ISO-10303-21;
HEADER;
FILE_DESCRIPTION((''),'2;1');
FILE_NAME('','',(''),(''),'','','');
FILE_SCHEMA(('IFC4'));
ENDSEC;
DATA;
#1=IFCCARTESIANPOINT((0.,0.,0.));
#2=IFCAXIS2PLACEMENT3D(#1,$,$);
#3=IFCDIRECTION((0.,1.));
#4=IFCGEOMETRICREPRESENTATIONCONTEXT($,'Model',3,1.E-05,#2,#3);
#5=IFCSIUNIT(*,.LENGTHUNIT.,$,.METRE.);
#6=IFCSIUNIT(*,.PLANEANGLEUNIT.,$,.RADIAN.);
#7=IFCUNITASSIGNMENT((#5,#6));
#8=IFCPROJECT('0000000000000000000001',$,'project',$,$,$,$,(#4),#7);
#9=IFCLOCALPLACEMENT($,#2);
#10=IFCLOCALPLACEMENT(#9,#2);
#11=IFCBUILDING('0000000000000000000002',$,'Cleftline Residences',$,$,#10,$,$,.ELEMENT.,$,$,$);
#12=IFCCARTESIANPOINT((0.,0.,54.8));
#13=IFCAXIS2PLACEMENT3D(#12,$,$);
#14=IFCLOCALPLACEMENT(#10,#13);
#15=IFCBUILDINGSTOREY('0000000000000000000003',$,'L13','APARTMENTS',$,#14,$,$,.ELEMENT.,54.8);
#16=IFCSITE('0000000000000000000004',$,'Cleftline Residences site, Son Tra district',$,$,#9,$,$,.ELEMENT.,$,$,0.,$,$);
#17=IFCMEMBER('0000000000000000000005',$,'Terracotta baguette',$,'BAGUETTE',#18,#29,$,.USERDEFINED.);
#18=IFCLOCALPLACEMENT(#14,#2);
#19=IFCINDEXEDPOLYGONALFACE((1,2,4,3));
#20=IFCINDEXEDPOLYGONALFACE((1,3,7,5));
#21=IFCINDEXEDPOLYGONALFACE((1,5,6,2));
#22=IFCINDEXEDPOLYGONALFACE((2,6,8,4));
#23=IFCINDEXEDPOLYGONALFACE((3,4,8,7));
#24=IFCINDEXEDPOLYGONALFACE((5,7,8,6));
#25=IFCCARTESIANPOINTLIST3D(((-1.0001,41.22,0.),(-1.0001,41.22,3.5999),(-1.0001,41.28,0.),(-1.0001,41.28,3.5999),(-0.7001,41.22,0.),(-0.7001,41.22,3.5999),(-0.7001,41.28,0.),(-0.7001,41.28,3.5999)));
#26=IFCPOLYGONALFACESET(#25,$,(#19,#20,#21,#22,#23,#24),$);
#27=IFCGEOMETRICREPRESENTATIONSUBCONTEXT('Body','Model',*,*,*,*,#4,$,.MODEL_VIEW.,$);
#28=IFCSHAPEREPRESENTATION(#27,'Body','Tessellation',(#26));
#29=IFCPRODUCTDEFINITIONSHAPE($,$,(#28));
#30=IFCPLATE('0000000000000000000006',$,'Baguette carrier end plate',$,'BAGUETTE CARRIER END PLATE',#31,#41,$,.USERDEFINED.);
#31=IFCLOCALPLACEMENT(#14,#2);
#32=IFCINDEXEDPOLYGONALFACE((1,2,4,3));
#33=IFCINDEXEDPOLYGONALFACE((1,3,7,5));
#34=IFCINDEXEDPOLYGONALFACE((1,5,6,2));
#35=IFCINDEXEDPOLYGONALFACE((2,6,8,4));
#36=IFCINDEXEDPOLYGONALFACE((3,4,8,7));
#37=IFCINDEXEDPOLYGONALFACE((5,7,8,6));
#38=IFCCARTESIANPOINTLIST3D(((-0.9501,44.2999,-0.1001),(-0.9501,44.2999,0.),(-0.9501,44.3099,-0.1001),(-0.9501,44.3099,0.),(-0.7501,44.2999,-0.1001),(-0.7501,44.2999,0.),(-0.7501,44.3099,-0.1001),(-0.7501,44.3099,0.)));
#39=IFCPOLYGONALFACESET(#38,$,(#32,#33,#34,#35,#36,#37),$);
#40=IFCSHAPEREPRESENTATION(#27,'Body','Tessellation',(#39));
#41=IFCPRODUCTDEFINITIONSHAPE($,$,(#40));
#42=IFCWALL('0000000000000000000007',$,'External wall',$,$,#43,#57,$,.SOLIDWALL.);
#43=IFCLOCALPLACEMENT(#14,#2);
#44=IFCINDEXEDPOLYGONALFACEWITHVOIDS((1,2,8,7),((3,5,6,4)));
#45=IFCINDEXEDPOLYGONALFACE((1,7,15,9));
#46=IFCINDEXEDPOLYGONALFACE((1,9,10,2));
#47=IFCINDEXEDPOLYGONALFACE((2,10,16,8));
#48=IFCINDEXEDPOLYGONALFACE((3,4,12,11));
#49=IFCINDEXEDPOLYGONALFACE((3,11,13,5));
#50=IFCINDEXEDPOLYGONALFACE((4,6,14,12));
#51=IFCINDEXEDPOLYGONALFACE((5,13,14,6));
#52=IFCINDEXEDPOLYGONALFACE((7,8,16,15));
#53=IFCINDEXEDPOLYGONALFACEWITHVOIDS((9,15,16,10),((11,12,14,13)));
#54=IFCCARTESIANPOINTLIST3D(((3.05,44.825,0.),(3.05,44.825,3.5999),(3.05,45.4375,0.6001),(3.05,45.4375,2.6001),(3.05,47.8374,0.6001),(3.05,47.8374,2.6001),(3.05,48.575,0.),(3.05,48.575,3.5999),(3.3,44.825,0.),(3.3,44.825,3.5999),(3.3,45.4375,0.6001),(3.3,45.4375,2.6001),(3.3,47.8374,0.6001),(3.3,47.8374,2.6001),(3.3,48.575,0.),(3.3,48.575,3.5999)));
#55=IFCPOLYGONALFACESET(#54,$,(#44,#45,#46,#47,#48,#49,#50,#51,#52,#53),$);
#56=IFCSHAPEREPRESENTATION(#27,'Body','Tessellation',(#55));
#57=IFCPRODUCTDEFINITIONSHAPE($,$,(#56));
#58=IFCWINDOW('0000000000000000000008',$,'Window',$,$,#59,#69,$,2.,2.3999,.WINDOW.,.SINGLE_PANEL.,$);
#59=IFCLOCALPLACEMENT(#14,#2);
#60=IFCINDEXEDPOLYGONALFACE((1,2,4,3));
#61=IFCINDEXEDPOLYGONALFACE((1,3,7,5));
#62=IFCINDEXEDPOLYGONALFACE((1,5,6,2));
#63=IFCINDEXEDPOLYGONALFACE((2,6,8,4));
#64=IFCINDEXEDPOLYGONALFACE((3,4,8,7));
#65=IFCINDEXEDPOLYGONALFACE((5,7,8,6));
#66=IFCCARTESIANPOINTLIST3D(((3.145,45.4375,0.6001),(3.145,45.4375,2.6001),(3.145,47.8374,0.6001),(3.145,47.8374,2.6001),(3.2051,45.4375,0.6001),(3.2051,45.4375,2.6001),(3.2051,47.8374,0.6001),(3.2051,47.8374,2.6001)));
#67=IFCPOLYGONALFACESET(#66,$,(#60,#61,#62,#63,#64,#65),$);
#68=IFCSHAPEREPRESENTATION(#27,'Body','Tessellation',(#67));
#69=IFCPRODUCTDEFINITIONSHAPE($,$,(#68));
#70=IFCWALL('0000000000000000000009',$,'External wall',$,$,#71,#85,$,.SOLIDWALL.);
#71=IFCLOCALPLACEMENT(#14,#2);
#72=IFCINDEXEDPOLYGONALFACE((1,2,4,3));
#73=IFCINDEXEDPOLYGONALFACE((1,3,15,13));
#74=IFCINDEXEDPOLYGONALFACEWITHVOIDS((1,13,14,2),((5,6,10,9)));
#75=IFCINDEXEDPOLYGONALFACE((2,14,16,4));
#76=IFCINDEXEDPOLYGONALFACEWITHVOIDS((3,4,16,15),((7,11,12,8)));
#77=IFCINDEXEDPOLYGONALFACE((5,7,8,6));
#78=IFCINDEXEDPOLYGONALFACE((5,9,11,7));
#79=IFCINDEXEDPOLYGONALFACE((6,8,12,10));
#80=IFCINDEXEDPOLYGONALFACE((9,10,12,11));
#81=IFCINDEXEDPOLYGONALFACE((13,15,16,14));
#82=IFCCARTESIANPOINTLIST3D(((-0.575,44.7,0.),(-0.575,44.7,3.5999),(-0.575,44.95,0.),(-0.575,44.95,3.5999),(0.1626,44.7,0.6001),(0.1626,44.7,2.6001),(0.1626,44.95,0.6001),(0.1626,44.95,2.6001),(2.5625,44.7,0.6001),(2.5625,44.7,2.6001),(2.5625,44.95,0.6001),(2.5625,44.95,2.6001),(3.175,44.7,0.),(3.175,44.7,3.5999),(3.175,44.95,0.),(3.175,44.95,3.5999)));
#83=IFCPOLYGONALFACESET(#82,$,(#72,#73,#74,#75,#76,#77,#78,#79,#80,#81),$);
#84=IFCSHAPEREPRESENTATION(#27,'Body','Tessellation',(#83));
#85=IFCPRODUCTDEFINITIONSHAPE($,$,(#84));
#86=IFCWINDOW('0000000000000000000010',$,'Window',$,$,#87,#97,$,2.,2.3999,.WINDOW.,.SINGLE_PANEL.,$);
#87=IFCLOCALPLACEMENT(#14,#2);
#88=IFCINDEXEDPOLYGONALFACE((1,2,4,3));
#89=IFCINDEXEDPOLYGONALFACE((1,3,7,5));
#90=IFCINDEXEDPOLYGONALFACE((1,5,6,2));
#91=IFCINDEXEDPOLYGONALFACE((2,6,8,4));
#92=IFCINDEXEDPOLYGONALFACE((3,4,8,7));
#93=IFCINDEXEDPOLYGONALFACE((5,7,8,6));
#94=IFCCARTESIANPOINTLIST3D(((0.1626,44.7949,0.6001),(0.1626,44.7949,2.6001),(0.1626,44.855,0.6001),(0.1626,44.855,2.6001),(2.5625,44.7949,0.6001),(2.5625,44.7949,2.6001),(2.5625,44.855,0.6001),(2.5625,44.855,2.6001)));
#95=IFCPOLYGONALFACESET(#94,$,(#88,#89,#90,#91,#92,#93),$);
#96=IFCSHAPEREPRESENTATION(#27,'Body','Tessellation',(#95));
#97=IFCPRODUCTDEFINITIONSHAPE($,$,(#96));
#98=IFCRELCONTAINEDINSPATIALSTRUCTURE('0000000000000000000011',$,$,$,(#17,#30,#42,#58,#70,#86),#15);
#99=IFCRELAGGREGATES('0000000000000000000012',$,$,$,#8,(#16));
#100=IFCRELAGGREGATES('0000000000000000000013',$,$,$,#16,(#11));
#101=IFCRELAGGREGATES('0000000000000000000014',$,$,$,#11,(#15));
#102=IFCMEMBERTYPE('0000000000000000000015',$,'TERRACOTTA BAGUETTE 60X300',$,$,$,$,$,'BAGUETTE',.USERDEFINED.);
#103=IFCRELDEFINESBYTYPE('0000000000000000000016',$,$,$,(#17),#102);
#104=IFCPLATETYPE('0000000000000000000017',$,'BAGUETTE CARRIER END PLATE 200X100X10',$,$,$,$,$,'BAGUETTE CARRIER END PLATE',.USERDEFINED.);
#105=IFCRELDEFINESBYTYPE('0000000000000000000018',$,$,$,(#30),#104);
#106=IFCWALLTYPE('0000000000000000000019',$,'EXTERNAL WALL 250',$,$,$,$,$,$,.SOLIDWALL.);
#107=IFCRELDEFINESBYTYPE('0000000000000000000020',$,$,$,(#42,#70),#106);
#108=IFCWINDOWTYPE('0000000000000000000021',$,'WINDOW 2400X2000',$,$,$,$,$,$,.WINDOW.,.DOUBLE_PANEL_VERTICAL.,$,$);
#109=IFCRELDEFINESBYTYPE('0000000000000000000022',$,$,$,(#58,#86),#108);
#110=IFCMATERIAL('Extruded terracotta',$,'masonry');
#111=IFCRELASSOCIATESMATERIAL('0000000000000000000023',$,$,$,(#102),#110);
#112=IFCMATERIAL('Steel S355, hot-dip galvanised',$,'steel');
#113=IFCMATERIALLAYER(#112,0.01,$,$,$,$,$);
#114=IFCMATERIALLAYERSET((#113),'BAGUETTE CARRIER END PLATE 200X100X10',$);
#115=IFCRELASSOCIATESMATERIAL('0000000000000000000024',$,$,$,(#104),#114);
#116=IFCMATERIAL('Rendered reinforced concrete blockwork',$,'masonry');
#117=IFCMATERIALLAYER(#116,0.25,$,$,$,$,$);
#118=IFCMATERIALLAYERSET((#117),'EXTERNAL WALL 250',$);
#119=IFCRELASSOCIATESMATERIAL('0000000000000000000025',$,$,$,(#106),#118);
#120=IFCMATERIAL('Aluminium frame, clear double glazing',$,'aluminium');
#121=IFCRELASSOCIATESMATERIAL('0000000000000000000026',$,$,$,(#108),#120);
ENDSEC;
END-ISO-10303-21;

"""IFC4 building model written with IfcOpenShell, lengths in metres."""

from ifc_helpers import new_model, si_unit, direction, frame, frame_2d, origin, origin_2d, place, context, subcontext, project, spatial, rectangle, extrude, material, layer, layer_set, material_profile, profile_set, type_object, element, fill, save


model = new_model("IFC4")

# Units and contexts
model_context = context("Model", 3, precision=1e-05, world=origin(), true_north=direction((0.0, 1.0)))
body_context = subcontext(model_context, "Body", "Model", "MODEL_VIEW")
ifc_project = project(units=[si_unit("LENGTHUNIT", "METRE"), si_unit("PLANEANGLEUNIT", "RADIAN")], contexts=[model_context])

# Site, building, storey
site_placement = place(None, origin())
site = spatial("IfcSite", under=ifc_project, at=site_placement, Name="Cleftline Residences site, Son Tra district", CompositionType="ELEMENT", RefElevation=0.0)
building_placement = place(site_placement, origin())
building = spatial("IfcBuilding", under=site, at=building_placement, Name="Cleftline Residences", CompositionType="ELEMENT")
storey_placement = place(building_placement, frame((0.0, 0.0, 54.8)))
storey = spatial("IfcBuildingStorey", under=building, at=storey_placement, Name="L13", Description="APARTMENTS", CompositionType="ELEMENT", Elevation=54.8)

# Member
ifc_material_1 = material(Name="Extruded terracotta", Category="masonry")
ifc_material_profile_1 = material_profile(ifc_material_1, rectangle(XDim=0.0601, YDim=0.3, at=origin_2d()))
ifc_profile_set_1 = profile_set([ifc_material_profile_1], Name="Extruded terracotta")
member_type_1 = type_object("IfcMemberType", Name="TERRACOTTA BAGUETTE 60X300", ElementType="BAGUETTE", PredefinedType="USERDEFINED", material=ifc_profile_set_1)
for number, where, z_axis, x_axis, name in (
    (1, (-0.8501, 41.25, 0.0), (0.0, 0.0, 1.0), (0.0, 1.0, 0.0), "Terracotta baguette"),
):
    element("IfcMember", number, at=place(storey_placement, frame(where, z_axis=z_axis, x_axis=x_axis)), inside=storey, type_object=member_type_1, Name=name, ObjectType="BAGUETTE", PredefinedType="USERDEFINED", context=body_context, shape_type="SweptSolid", body=[
        extrude(rectangle(XDim=0.0601, YDim=0.3, at=origin_2d()), origin(), (0.0, 0.0, 1.0), 3.5999),
    ])

# Plate
ifc_material_2 = material(Name="Steel S355, hot-dip galvanised", Category="steel")
ifc_layer_1 = layer(ifc_material_2, 0.01)
ifc_layer_set_1 = layer_set([ifc_layer_1], Name="BAGUETTE CARRIER END PLATE 200X100X10")
plate_type = type_object("IfcPlateType", Name="BAGUETTE CARRIER END PLATE 200X100X10", ElementType="BAGUETTE CARRIER END PLATE", PredefinedType="USERDEFINED", material=ifc_layer_set_1)
plate_placement = place(storey_placement, frame((-0.8501, 44.3049, -0.1001), z_axis=(0.0, 0.0, 1.0), x_axis=(-1.0, 0.0, 0.0)))
element("IfcPlate", 2, at=plate_placement, inside=storey, type_object=plate_type, Name="Baguette carrier end plate", ObjectType="BAGUETTE CARRIER END PLATE", PredefinedType="USERDEFINED", context=body_context, shape_type="SweptSolid", body=[
    extrude(rectangle(XDim=0.2, YDim=0.01, at=origin_2d()), origin(), (0.0, 0.0, 1.0), 0.1001),
])

# Walls, openings, windows
ifc_material_3 = material(Name="Rendered reinforced concrete blockwork", Category="masonry")
ifc_layer_2 = layer(ifc_material_3, 0.25)
ifc_layer_set_2 = layer_set([ifc_layer_2], Name="EXTERNAL WALL 250")
wall_type_1 = type_object("IfcWallType", Name="EXTERNAL WALL 250", PredefinedType="SOLIDWALL", material=ifc_layer_set_2)
wall_1_placement = place(storey_placement, frame((3.175, 48.575, 0.0), z_axis=(0.0, 0.0, 1.0), x_axis=(0.0, -1.0, 0.0)))
wall_1 = element("IfcWall", 3, at=wall_1_placement, inside=storey, type_object=wall_type_1, Name="External wall", PredefinedType="SOLIDWALL", context=body_context, shape_type="SweptSolid", body=[
    extrude(rectangle(XDim=3.75, YDim=0.25, at=frame_2d((1.875, 0.0))), origin(), (0.0, 0.0, 1.0), 3.5999),
])
opening_1_placement = place(wall_1_placement, frame((0.7375, 0.0, 0.6001)))
opening_1 = element("IfcOpeningElement", 4, at=opening_1_placement, cuts=wall_1, PredefinedType="OPENING", context=body_context, shape_type="SweptSolid", body=[
    extrude(rectangle(XDim=2.3999, YDim=2.0, at=frame_2d((1.2, 1.0))), frame((0.0, 0.135, 0.0), z_axis=(0.0, -1.0, 0.0), x_axis=(1.0, 0.0, 0.0)), (0.0, 0.0, 1.0), 0.27),
])
ifc_material_4 = material(Name="Aluminium frame, clear double glazing", Category="aluminium")
window_type_1 = type_object("IfcWindowType", Name="WINDOW 2400X2000", PartitioningType="DOUBLE_PANEL_VERTICAL", PredefinedType="WINDOW", material=ifc_material_4)
window_1_placement = place(opening_1_placement, origin())
window_1 = element("IfcWindow", 5, at=window_1_placement, inside=storey, type_object=window_type_1, Name="Window", OverallHeight=2.0, OverallWidth=2.3999, PartitioningType="SINGLE_PANEL", PredefinedType="WINDOW", context=body_context, shape_type="SweptSolid", body=[
    extrude(rectangle(XDim=2.3999, YDim=2.0, at=frame_2d((1.2, 1.0))), frame((0.0, 0.03, 0.0), z_axis=(0.0, -1.0, 0.0), x_axis=(1.0, 0.0, 0.0)), (0.0, 0.0, 1.0), 0.0601),
])
fill(opening_1, window_1)
wall_2_placement = place(storey_placement, frame((3.175, 44.825, 0.0), z_axis=(0.0, 0.0, 1.0), x_axis=(-1.0, 0.0, 0.0)))
wall_2 = element("IfcWall", 6, at=wall_2_placement, inside=storey, type_object=wall_type_1, Name="External wall", PredefinedType="SOLIDWALL", context=body_context, shape_type="SweptSolid", body=[
    extrude(rectangle(XDim=3.75, YDim=0.25, at=frame_2d((1.875, 0.0))), origin(), (0.0, 0.0, 1.0), 3.5999),
])
opening_2_placement = place(wall_2_placement, frame((0.6125, 0.0, 0.6001)))
opening_2 = element("IfcOpeningElement", 7, at=opening_2_placement, cuts=wall_2, PredefinedType="OPENING", context=body_context, shape_type="SweptSolid", body=[
    extrude(rectangle(XDim=2.3999, YDim=2.0, at=frame_2d((1.2, 1.0))), frame((0.0, 0.135, 0.0), z_axis=(0.0, -1.0, 0.0), x_axis=(1.0, 0.0, 0.0)), (0.0, 0.0, 1.0), 0.27),
])
window_2_placement = place(opening_2_placement, origin())
window_2 = element("IfcWindow", 8, at=window_2_placement, inside=storey, type_object=window_type_1, Name="Window", OverallHeight=2.0, OverallWidth=2.3999, PartitioningType="SINGLE_PANEL", PredefinedType="WINDOW", context=body_context, shape_type="SweptSolid", body=[
    extrude(rectangle(XDim=2.3999, YDim=2.0, at=frame_2d((1.2, 1.0))), frame((0.0, 0.03, 0.0), z_axis=(0.0, -1.0, 0.0), x_axis=(1.0, 0.0, 0.0)), (0.0, 0.0, 1.0), 0.0601),
])
fill(opening_2, window_2)

save(model, "model.ifc")
